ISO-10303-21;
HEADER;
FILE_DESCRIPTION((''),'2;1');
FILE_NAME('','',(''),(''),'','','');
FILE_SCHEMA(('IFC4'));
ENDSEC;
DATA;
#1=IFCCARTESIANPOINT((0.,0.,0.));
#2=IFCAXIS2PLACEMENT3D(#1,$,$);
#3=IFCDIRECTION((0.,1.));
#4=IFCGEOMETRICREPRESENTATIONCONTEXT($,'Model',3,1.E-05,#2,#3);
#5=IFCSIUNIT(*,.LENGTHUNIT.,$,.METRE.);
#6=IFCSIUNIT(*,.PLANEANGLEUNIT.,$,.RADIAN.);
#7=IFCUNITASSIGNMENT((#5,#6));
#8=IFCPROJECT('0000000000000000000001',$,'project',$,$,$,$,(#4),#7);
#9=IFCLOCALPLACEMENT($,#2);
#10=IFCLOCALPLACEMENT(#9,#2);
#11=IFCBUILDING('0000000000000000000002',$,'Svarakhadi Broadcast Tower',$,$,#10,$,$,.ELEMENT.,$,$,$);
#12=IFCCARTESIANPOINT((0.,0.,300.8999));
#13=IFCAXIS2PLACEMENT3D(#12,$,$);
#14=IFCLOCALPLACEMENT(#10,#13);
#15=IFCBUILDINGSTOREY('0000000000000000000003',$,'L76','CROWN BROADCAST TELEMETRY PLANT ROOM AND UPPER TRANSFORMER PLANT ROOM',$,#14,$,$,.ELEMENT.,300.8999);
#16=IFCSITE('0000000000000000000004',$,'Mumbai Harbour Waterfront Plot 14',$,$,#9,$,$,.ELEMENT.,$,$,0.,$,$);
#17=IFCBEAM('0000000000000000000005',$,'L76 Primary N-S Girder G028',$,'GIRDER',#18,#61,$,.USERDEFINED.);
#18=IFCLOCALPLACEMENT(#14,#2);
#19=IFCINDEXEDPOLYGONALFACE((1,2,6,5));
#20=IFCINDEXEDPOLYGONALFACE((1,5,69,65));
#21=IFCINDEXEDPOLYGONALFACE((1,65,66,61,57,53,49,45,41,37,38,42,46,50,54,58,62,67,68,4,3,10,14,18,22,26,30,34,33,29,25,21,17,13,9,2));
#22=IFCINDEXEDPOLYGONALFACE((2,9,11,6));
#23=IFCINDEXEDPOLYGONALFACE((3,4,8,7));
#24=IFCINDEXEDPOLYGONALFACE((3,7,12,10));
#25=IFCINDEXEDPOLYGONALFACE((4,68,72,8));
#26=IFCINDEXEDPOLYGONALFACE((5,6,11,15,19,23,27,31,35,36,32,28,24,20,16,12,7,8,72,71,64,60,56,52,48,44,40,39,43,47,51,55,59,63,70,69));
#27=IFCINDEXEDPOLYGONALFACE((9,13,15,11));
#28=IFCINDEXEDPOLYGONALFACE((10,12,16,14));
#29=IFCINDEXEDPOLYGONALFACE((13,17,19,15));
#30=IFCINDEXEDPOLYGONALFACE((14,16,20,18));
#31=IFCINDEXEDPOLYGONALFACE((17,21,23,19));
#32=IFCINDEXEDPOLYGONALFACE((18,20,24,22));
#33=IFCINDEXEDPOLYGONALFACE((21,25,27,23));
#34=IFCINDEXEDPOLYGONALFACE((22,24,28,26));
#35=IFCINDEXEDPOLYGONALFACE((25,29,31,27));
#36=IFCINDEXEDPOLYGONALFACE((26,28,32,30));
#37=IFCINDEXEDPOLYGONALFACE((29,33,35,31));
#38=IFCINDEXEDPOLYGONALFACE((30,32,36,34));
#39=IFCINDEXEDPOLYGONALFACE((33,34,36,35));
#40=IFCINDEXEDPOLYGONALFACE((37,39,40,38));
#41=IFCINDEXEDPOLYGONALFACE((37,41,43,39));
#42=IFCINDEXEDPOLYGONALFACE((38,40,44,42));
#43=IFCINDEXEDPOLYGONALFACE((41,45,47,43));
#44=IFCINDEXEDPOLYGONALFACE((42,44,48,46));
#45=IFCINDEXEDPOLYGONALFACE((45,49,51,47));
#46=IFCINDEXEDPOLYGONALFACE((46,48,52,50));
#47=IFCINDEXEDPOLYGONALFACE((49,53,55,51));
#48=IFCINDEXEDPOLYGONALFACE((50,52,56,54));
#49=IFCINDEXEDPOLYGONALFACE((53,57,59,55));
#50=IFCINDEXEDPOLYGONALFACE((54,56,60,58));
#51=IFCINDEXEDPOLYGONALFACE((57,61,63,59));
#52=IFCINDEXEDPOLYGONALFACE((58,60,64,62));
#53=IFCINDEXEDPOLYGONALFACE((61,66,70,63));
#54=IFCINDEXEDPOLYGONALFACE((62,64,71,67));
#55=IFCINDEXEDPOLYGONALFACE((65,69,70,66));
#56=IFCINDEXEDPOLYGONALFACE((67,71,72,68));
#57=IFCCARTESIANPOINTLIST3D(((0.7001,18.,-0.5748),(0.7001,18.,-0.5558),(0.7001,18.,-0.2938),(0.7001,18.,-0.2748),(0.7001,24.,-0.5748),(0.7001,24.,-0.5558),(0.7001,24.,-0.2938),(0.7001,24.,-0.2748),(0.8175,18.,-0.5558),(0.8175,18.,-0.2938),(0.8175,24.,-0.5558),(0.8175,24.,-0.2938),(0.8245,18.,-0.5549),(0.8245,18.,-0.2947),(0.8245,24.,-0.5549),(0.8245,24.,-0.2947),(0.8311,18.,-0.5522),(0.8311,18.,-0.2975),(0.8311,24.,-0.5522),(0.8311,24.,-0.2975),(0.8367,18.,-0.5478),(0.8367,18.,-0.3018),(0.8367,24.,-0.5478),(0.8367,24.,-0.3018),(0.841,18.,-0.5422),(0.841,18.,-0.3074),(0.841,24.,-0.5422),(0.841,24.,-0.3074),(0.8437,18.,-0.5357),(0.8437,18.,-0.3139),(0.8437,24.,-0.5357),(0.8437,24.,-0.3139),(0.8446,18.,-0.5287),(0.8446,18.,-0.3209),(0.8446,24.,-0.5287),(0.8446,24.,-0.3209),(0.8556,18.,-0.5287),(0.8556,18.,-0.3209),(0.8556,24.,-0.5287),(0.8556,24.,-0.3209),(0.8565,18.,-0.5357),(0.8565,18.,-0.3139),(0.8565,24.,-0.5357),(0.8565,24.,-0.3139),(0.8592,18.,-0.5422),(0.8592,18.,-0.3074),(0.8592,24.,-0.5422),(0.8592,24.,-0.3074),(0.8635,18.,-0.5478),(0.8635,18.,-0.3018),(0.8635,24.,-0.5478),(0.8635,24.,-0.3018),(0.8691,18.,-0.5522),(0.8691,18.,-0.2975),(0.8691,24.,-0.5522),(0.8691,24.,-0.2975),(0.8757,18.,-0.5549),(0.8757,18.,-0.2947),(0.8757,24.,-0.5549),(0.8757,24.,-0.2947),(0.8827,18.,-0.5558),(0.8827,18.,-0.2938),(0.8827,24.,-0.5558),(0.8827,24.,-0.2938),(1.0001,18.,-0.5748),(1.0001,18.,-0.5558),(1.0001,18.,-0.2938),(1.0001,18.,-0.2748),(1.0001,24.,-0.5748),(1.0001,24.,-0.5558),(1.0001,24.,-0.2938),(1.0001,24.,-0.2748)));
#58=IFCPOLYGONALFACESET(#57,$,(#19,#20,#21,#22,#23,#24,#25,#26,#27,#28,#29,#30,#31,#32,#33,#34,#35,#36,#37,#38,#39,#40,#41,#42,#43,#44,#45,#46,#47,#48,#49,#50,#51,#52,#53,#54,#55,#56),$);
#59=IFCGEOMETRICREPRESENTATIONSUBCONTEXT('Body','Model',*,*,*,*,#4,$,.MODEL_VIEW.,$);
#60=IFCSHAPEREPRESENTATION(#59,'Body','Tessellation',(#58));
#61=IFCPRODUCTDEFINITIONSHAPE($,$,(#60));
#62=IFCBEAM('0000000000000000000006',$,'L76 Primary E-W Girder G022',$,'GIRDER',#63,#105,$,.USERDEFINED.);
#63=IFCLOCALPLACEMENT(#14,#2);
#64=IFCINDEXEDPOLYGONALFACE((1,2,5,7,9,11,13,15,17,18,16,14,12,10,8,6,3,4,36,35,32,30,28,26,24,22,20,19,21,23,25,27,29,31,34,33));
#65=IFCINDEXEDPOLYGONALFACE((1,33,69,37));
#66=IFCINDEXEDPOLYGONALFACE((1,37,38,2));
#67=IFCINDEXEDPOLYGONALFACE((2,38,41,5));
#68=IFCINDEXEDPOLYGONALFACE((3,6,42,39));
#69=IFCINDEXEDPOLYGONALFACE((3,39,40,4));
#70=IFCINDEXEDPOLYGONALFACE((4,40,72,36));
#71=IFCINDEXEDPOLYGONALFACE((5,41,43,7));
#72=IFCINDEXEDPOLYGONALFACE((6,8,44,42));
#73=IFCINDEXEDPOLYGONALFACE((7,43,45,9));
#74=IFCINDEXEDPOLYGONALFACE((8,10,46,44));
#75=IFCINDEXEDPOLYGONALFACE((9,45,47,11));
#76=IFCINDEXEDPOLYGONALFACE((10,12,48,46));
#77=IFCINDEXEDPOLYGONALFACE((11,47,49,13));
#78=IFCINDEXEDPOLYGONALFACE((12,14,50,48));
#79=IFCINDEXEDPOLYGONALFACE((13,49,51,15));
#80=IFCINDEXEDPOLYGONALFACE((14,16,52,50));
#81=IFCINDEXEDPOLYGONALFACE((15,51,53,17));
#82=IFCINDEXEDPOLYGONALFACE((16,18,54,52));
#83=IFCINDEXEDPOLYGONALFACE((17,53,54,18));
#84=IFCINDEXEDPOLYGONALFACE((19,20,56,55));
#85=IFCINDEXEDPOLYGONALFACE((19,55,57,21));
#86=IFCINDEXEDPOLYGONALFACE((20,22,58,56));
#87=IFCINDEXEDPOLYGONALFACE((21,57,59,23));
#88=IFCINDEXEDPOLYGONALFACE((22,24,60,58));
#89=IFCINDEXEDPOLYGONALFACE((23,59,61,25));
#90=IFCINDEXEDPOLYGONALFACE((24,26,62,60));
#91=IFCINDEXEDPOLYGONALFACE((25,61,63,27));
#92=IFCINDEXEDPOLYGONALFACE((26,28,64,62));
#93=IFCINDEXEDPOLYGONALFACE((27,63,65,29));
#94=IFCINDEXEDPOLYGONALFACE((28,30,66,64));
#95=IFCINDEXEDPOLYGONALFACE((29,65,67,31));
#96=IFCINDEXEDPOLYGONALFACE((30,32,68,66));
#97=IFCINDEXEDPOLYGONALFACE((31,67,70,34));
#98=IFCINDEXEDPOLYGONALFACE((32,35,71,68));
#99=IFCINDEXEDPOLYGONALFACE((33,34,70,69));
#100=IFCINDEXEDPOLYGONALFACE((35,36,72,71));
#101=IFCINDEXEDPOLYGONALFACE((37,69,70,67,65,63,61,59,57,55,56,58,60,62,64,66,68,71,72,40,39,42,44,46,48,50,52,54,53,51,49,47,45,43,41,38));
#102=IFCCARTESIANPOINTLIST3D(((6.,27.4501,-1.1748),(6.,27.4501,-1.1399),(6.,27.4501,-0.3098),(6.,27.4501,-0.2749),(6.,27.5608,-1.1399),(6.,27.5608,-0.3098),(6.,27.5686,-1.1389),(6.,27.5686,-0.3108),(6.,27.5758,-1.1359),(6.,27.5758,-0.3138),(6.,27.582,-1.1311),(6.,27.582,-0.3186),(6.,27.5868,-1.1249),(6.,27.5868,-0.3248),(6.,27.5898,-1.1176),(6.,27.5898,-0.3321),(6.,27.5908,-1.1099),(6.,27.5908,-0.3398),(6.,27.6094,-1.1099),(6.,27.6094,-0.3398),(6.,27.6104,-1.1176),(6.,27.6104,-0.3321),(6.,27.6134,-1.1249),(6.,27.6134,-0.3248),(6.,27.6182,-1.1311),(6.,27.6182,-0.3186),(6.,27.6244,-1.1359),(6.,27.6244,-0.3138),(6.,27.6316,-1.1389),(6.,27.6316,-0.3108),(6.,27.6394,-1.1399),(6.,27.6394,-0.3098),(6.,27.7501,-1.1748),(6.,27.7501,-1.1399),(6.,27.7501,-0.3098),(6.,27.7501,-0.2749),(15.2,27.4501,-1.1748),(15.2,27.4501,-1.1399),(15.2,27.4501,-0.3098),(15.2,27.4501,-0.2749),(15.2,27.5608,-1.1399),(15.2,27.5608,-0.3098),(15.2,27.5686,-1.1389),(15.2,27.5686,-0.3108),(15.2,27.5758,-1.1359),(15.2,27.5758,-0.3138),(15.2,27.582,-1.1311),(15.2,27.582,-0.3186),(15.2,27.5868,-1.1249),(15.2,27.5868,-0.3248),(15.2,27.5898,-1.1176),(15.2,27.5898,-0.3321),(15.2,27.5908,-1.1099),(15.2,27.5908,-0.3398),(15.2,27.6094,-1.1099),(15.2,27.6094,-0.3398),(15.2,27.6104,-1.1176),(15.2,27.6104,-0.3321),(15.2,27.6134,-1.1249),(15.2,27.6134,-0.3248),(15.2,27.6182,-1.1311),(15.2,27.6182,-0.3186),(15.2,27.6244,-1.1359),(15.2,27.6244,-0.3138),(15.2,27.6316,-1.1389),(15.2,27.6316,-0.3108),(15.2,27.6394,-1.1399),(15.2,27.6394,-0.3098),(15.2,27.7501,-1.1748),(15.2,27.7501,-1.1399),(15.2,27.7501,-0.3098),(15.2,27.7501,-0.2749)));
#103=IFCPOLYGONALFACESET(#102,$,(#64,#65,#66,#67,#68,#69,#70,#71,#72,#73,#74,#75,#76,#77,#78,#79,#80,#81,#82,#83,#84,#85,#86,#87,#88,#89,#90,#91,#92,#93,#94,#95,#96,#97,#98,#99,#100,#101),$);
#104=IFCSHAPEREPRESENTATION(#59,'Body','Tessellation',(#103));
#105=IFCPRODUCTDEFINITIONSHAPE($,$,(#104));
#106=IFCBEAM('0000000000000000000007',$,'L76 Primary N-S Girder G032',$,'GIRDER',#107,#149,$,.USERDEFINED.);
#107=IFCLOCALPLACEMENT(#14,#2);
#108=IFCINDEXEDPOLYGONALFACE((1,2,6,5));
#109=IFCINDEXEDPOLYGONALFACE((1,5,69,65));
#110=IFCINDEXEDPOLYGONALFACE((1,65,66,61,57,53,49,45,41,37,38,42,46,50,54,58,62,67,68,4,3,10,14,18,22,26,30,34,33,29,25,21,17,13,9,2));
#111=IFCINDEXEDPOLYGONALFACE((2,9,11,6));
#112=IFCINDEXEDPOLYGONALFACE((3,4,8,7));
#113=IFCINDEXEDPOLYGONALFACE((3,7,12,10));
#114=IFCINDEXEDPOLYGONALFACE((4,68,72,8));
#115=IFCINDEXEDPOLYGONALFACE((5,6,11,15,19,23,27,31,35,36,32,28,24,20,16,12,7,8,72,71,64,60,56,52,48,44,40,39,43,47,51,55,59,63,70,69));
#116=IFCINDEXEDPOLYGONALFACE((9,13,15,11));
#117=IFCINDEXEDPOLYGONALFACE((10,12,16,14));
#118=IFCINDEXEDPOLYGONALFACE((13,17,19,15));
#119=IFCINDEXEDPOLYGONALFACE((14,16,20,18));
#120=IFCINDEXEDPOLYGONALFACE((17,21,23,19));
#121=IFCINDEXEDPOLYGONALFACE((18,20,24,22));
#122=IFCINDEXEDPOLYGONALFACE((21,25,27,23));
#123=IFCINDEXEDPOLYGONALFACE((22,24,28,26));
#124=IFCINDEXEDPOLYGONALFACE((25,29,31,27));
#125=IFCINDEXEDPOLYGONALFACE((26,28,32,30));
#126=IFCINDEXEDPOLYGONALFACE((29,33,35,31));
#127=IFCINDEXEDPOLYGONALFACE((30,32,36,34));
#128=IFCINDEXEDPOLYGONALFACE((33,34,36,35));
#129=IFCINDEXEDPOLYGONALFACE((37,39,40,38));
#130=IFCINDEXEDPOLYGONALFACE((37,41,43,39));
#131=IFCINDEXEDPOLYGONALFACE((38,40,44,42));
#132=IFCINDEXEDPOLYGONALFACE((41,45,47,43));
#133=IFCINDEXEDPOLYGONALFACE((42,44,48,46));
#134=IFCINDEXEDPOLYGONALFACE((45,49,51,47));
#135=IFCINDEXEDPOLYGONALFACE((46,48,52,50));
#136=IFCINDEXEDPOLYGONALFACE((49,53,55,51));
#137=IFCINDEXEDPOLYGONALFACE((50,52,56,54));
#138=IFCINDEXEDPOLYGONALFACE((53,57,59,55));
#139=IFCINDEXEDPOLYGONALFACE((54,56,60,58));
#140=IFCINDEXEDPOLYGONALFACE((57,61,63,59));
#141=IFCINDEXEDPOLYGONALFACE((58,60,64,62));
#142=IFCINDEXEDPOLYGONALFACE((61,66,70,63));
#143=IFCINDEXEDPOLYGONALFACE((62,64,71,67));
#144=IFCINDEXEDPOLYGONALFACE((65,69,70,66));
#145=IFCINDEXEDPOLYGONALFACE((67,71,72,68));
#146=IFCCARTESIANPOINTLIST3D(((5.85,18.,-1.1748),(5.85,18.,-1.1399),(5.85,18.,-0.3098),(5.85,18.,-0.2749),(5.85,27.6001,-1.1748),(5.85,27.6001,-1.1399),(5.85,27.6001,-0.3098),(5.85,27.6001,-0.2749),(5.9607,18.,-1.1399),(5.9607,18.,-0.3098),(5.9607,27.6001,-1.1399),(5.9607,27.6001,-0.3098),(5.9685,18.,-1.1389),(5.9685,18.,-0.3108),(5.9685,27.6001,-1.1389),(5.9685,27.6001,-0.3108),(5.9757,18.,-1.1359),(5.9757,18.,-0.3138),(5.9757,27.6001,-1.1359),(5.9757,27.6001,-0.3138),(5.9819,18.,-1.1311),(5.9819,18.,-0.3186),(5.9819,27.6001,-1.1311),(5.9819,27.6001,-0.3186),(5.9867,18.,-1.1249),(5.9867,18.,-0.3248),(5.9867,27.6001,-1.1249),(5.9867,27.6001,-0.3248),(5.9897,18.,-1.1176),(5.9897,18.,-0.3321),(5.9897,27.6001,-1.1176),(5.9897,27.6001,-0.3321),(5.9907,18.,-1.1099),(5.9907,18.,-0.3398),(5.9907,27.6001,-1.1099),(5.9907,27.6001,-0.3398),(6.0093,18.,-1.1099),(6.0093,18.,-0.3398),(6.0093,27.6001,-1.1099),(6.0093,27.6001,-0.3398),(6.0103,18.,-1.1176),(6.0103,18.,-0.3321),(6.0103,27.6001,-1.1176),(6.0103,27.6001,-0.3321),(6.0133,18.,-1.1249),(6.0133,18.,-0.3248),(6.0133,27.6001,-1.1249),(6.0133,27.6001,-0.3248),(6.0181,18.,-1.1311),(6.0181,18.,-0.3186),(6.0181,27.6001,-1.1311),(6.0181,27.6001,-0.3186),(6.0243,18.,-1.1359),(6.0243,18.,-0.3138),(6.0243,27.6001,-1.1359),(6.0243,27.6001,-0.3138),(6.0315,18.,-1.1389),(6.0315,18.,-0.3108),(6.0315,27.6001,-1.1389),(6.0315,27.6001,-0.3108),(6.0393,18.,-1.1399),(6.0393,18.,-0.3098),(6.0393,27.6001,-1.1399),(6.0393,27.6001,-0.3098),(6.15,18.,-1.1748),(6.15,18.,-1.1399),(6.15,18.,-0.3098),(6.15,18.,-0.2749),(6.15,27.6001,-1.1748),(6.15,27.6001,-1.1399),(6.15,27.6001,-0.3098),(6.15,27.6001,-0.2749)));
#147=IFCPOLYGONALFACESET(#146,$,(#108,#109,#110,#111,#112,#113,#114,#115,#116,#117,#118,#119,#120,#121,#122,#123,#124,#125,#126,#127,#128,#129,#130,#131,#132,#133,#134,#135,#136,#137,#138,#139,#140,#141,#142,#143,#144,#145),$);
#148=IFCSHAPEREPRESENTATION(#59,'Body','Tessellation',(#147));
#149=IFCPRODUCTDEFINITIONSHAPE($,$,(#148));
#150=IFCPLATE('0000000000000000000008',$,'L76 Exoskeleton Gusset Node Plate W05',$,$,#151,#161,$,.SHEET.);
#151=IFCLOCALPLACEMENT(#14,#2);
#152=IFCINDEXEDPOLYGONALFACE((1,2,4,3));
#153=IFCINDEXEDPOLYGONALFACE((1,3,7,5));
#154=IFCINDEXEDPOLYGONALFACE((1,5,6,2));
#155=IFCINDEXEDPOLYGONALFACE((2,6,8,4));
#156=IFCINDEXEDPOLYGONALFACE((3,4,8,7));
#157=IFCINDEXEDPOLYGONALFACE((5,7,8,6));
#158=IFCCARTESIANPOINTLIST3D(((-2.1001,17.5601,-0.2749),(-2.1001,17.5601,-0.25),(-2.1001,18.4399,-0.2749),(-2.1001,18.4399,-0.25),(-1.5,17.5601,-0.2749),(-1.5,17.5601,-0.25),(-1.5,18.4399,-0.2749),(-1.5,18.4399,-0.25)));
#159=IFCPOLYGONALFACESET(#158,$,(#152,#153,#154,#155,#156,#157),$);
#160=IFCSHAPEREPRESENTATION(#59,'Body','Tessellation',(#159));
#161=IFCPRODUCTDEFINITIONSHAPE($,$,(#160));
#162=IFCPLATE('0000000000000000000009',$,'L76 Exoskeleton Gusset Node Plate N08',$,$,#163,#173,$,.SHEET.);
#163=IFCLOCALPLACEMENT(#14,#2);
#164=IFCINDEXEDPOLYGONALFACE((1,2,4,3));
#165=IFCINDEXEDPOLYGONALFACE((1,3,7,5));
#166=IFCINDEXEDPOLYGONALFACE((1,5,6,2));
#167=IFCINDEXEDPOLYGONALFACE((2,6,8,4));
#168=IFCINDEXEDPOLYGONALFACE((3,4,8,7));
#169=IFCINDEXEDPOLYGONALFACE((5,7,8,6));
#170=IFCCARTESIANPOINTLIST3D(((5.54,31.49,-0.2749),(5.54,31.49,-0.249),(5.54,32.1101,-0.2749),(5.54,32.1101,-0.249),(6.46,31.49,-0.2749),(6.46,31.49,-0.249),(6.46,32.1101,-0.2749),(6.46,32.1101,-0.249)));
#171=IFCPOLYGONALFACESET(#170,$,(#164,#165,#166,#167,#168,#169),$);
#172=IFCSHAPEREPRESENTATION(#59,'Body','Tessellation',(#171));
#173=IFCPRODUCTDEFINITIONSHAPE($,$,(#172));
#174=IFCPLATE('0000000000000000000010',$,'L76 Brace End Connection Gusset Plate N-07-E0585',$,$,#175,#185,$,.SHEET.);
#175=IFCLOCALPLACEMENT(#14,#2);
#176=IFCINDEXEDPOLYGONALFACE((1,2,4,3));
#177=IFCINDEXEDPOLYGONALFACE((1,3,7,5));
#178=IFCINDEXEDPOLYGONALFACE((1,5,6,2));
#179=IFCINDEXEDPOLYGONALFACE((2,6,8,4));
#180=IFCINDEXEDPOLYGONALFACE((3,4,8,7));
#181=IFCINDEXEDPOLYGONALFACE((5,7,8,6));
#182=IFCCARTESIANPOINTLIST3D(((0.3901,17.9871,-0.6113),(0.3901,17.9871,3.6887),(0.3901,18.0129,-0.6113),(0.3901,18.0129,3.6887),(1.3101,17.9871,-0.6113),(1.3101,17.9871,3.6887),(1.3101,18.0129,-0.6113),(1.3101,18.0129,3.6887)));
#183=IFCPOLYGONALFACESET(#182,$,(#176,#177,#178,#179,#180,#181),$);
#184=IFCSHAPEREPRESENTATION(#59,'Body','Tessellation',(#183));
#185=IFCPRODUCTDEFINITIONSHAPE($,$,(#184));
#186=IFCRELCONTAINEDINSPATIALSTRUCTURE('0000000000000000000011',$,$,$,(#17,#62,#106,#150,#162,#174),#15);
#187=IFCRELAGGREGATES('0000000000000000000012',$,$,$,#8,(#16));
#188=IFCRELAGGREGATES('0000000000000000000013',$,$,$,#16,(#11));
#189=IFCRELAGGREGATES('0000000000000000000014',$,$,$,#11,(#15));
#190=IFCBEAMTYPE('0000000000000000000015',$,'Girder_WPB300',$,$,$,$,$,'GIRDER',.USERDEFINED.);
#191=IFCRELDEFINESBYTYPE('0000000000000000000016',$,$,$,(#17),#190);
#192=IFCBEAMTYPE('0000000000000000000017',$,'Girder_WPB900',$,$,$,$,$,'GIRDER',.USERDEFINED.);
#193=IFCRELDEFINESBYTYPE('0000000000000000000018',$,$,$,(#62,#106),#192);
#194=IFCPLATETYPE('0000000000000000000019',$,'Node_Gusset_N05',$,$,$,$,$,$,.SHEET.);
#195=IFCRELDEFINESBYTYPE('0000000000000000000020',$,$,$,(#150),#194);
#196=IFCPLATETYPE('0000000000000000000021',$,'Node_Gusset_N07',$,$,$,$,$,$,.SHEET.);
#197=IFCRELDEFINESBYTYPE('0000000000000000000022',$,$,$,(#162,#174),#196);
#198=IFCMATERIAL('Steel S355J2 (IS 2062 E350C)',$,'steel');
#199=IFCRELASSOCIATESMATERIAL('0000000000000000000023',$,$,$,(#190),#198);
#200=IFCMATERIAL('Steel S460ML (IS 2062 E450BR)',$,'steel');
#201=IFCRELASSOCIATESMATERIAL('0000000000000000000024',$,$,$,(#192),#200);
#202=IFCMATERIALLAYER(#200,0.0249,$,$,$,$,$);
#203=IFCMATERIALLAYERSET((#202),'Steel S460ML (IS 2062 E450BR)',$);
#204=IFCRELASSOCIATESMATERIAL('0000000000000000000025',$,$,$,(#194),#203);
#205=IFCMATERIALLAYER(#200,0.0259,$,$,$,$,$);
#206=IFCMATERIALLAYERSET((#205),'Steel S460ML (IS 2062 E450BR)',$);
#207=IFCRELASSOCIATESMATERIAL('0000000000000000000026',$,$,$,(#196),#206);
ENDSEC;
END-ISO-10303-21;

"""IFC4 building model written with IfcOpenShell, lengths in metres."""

from ifc_helpers import new_model, si_unit, direction, frame, origin, origin_2d, place, context, subcontext, project, spatial, rectangle, i_section, extrude, material, layer, layer_set, material_profile, profile_set, type_object, element, save


model = new_model("IFC4")

# Units and contexts
model_context = context("Model", 3, precision=1e-05, world=origin(), true_north=direction((0.0, 1.0)))
body_context = subcontext(model_context, "Body", "Model", "MODEL_VIEW")
ifc_project = project(units=[si_unit("LENGTHUNIT", "METRE"), si_unit("PLANEANGLEUNIT", "RADIAN")], contexts=[model_context])

# Site, building, storey
site_placement = place(None, origin())
site = spatial("IfcSite", under=ifc_project, at=site_placement, Name="Mumbai Harbour Waterfront Plot 14", CompositionType="ELEMENT", RefElevation=0.0)
building_placement = place(site_placement, origin())
building = spatial("IfcBuilding", under=site, at=building_placement, Name="Svarakhadi Broadcast Tower", CompositionType="ELEMENT")
storey_placement = place(building_placement, frame((0.0, 0.0, 300.8999)))
storey = spatial("IfcBuildingStorey", under=building, at=storey_placement, Name="L76", Description="CROWN BROADCAST TELEMETRY PLANT ROOM AND UPPER TRANSFORMER PLANT ROOM", CompositionType="ELEMENT", Elevation=300.8999)

# Shared definitions
ifc_material_1 = material(Name="Steel S460ML (IS 2062 E450BR)", Category="steel")

# Shared definitions
ifc_material_2 = material(Name="Steel S355J2 (IS 2062 E350C)", Category="steel")

# Beams
ifc_material_profile_1 = material_profile(ifc_material_2, i_section(OverallWidth=0.3, OverallDepth=0.3, WebThickness=0.011, FlangeThickness=0.019, FilletRadius=0.0271, at=origin_2d()), Name="WPB 300x300x117")
ifc_profile_set_1 = profile_set([ifc_material_profile_1], Name="Steel S355J2 (IS 2062 E350C)")
beam_type_1 = type_object("IfcBeamType", Name="Girder_WPB300", ElementType="GIRDER", PredefinedType="USERDEFINED", material=ifc_profile_set_1)
for number, where, z_axis, x_axis, name in (
    (1, (0.8501, 18.0, -0.4248), (0.0, 1.0, 0.0), (-1.0, 0.0, 0.0), "L76 Primary N-S Girder G028"),
):
    element("IfcBeam", number, at=place(storey_placement, frame(where, z_axis=z_axis, x_axis=x_axis)), inside=storey, type_object=beam_type_1, Name=name, ObjectType="GIRDER", PredefinedType="USERDEFINED", context=body_context, shape_type="SweptSolid", body=[
        extrude(i_section(OverallWidth=0.3, OverallDepth=0.3, WebThickness=0.011, FlangeThickness=0.019, FilletRadius=0.0271, at=origin_2d()), origin(), (0.0, 0.0, 1.0), 6.0),
    ])
ifc_material_profile_2 = material_profile(ifc_material_1, i_section(OverallWidth=0.3, OverallDepth=0.8999, WebThickness=0.0186, FlangeThickness=0.0349, FilletRadius=0.03, at=origin_2d()), Name="WPB 900x300x291")
ifc_profile_set_2 = profile_set([ifc_material_profile_2], Name="Steel S460ML (IS 2062 E450BR)")
beam_type_2 = type_object("IfcBeamType", Name="Girder_WPB900", ElementType="GIRDER", PredefinedType="USERDEFINED", material=ifc_profile_set_2)
beam_1_placement = place(storey_placement, frame((6.0, 27.6001, -0.7249), z_axis=(1.0, 0.0, 0.0), x_axis=(0.0, 1.0, 0.0)))
element("IfcBeam", 2, at=beam_1_placement, inside=storey, type_object=beam_type_2, Name="L76 Primary E-W Girder G022", ObjectType="GIRDER", PredefinedType="USERDEFINED", context=body_context, shape_type="SweptSolid", body=[
    extrude(i_section(OverallWidth=0.3, OverallDepth=0.8999, WebThickness=0.0186, FlangeThickness=0.0349, FilletRadius=0.03, at=origin_2d()), origin(), (0.0, 0.0, 1.0), 9.2),
])
beam_2_placement = place(storey_placement, frame((6.0, 18.0, -0.7249), z_axis=(0.0, 1.0, 0.0), x_axis=(-1.0, 0.0, 0.0)))
element("IfcBeam", 3, at=beam_2_placement, inside=storey, type_object=beam_type_2, Name="L76 Primary N-S Girder G032", ObjectType="GIRDER", PredefinedType="USERDEFINED", context=body_context, shape_type="SweptSolid", body=[
    extrude(i_section(OverallWidth=0.3, OverallDepth=0.8999, WebThickness=0.0186, FlangeThickness=0.0349, FilletRadius=0.03, at=origin_2d()), origin(), (0.0, 0.0, 1.0), 9.6001),
])

# Plates
ifc_layer_1 = layer(ifc_material_1, 0.0249)
ifc_layer_set_1 = layer_set([ifc_layer_1], Name="Steel S460ML (IS 2062 E450BR)")
plate_type_1 = type_object("IfcPlateType", Name="Node_Gusset_N05", PredefinedType="SHEET", material=ifc_layer_set_1)
plate_1_placement = place(storey_placement, frame((-1.8, 18.0, -0.2749), z_axis=(0.0, 0.0, 1.0), x_axis=(0.0, 1.0, 0.0)))
element("IfcPlate", 4, at=plate_1_placement, inside=storey, type_object=plate_type_1, Name="L76 Exoskeleton Gusset Node Plate W05", PredefinedType="SHEET", context=body_context, shape_type="SweptSolid", body=[
    extrude(rectangle(XDim=0.8799, YDim=0.6001, at=origin_2d()), origin(), (0.0, 0.0, 1.0), 0.0249),
])
ifc_layer_2 = layer(ifc_material_1, 0.0259)
ifc_layer_set_2 = layer_set([ifc_layer_2], Name="Steel S460ML (IS 2062 E450BR)")
plate_type_2 = type_object("IfcPlateType", Name="Node_Gusset_N07", PredefinedType="SHEET", material=ifc_layer_set_2)
plate_2_placement = place(storey_placement, frame((6.0, 31.8, -0.2749), z_axis=(0.0, 0.0, 1.0), x_axis=(1.0, 0.0, 0.0)))
element("IfcPlate", 5, at=plate_2_placement, inside=storey, type_object=plate_type_2, Name="L76 Exoskeleton Gusset Node Plate N08", PredefinedType="SHEET", context=body_context, shape_type="SweptSolid", body=[
    extrude(rectangle(XDim=0.9199, YDim=0.6201, at=origin_2d()), origin(), (0.0, 0.0, 1.0), 0.0259),
])
for number, where, z_axis, x_axis, name in (
    (6, (0.8501, 18.0, -0.6113), (0.0, 0.0, 1.0), (1.0, 0.0, 0.0), "L76 Brace End Connection Gusset Plate N-07-E0585"),
):
    element("IfcPlate", number, at=place(storey_placement, frame(where, z_axis=z_axis, x_axis=x_axis)), inside=storey, type_object=plate_type_2, Name=name, PredefinedType="SHEET", context=body_context, shape_type="SweptSolid", body=[
        extrude(rectangle(XDim=0.9199, YDim=0.0259, at=origin_2d()), origin(), (0.0, 0.0, 1.0), 4.3),
    ])

save(model, "model.ifc")
